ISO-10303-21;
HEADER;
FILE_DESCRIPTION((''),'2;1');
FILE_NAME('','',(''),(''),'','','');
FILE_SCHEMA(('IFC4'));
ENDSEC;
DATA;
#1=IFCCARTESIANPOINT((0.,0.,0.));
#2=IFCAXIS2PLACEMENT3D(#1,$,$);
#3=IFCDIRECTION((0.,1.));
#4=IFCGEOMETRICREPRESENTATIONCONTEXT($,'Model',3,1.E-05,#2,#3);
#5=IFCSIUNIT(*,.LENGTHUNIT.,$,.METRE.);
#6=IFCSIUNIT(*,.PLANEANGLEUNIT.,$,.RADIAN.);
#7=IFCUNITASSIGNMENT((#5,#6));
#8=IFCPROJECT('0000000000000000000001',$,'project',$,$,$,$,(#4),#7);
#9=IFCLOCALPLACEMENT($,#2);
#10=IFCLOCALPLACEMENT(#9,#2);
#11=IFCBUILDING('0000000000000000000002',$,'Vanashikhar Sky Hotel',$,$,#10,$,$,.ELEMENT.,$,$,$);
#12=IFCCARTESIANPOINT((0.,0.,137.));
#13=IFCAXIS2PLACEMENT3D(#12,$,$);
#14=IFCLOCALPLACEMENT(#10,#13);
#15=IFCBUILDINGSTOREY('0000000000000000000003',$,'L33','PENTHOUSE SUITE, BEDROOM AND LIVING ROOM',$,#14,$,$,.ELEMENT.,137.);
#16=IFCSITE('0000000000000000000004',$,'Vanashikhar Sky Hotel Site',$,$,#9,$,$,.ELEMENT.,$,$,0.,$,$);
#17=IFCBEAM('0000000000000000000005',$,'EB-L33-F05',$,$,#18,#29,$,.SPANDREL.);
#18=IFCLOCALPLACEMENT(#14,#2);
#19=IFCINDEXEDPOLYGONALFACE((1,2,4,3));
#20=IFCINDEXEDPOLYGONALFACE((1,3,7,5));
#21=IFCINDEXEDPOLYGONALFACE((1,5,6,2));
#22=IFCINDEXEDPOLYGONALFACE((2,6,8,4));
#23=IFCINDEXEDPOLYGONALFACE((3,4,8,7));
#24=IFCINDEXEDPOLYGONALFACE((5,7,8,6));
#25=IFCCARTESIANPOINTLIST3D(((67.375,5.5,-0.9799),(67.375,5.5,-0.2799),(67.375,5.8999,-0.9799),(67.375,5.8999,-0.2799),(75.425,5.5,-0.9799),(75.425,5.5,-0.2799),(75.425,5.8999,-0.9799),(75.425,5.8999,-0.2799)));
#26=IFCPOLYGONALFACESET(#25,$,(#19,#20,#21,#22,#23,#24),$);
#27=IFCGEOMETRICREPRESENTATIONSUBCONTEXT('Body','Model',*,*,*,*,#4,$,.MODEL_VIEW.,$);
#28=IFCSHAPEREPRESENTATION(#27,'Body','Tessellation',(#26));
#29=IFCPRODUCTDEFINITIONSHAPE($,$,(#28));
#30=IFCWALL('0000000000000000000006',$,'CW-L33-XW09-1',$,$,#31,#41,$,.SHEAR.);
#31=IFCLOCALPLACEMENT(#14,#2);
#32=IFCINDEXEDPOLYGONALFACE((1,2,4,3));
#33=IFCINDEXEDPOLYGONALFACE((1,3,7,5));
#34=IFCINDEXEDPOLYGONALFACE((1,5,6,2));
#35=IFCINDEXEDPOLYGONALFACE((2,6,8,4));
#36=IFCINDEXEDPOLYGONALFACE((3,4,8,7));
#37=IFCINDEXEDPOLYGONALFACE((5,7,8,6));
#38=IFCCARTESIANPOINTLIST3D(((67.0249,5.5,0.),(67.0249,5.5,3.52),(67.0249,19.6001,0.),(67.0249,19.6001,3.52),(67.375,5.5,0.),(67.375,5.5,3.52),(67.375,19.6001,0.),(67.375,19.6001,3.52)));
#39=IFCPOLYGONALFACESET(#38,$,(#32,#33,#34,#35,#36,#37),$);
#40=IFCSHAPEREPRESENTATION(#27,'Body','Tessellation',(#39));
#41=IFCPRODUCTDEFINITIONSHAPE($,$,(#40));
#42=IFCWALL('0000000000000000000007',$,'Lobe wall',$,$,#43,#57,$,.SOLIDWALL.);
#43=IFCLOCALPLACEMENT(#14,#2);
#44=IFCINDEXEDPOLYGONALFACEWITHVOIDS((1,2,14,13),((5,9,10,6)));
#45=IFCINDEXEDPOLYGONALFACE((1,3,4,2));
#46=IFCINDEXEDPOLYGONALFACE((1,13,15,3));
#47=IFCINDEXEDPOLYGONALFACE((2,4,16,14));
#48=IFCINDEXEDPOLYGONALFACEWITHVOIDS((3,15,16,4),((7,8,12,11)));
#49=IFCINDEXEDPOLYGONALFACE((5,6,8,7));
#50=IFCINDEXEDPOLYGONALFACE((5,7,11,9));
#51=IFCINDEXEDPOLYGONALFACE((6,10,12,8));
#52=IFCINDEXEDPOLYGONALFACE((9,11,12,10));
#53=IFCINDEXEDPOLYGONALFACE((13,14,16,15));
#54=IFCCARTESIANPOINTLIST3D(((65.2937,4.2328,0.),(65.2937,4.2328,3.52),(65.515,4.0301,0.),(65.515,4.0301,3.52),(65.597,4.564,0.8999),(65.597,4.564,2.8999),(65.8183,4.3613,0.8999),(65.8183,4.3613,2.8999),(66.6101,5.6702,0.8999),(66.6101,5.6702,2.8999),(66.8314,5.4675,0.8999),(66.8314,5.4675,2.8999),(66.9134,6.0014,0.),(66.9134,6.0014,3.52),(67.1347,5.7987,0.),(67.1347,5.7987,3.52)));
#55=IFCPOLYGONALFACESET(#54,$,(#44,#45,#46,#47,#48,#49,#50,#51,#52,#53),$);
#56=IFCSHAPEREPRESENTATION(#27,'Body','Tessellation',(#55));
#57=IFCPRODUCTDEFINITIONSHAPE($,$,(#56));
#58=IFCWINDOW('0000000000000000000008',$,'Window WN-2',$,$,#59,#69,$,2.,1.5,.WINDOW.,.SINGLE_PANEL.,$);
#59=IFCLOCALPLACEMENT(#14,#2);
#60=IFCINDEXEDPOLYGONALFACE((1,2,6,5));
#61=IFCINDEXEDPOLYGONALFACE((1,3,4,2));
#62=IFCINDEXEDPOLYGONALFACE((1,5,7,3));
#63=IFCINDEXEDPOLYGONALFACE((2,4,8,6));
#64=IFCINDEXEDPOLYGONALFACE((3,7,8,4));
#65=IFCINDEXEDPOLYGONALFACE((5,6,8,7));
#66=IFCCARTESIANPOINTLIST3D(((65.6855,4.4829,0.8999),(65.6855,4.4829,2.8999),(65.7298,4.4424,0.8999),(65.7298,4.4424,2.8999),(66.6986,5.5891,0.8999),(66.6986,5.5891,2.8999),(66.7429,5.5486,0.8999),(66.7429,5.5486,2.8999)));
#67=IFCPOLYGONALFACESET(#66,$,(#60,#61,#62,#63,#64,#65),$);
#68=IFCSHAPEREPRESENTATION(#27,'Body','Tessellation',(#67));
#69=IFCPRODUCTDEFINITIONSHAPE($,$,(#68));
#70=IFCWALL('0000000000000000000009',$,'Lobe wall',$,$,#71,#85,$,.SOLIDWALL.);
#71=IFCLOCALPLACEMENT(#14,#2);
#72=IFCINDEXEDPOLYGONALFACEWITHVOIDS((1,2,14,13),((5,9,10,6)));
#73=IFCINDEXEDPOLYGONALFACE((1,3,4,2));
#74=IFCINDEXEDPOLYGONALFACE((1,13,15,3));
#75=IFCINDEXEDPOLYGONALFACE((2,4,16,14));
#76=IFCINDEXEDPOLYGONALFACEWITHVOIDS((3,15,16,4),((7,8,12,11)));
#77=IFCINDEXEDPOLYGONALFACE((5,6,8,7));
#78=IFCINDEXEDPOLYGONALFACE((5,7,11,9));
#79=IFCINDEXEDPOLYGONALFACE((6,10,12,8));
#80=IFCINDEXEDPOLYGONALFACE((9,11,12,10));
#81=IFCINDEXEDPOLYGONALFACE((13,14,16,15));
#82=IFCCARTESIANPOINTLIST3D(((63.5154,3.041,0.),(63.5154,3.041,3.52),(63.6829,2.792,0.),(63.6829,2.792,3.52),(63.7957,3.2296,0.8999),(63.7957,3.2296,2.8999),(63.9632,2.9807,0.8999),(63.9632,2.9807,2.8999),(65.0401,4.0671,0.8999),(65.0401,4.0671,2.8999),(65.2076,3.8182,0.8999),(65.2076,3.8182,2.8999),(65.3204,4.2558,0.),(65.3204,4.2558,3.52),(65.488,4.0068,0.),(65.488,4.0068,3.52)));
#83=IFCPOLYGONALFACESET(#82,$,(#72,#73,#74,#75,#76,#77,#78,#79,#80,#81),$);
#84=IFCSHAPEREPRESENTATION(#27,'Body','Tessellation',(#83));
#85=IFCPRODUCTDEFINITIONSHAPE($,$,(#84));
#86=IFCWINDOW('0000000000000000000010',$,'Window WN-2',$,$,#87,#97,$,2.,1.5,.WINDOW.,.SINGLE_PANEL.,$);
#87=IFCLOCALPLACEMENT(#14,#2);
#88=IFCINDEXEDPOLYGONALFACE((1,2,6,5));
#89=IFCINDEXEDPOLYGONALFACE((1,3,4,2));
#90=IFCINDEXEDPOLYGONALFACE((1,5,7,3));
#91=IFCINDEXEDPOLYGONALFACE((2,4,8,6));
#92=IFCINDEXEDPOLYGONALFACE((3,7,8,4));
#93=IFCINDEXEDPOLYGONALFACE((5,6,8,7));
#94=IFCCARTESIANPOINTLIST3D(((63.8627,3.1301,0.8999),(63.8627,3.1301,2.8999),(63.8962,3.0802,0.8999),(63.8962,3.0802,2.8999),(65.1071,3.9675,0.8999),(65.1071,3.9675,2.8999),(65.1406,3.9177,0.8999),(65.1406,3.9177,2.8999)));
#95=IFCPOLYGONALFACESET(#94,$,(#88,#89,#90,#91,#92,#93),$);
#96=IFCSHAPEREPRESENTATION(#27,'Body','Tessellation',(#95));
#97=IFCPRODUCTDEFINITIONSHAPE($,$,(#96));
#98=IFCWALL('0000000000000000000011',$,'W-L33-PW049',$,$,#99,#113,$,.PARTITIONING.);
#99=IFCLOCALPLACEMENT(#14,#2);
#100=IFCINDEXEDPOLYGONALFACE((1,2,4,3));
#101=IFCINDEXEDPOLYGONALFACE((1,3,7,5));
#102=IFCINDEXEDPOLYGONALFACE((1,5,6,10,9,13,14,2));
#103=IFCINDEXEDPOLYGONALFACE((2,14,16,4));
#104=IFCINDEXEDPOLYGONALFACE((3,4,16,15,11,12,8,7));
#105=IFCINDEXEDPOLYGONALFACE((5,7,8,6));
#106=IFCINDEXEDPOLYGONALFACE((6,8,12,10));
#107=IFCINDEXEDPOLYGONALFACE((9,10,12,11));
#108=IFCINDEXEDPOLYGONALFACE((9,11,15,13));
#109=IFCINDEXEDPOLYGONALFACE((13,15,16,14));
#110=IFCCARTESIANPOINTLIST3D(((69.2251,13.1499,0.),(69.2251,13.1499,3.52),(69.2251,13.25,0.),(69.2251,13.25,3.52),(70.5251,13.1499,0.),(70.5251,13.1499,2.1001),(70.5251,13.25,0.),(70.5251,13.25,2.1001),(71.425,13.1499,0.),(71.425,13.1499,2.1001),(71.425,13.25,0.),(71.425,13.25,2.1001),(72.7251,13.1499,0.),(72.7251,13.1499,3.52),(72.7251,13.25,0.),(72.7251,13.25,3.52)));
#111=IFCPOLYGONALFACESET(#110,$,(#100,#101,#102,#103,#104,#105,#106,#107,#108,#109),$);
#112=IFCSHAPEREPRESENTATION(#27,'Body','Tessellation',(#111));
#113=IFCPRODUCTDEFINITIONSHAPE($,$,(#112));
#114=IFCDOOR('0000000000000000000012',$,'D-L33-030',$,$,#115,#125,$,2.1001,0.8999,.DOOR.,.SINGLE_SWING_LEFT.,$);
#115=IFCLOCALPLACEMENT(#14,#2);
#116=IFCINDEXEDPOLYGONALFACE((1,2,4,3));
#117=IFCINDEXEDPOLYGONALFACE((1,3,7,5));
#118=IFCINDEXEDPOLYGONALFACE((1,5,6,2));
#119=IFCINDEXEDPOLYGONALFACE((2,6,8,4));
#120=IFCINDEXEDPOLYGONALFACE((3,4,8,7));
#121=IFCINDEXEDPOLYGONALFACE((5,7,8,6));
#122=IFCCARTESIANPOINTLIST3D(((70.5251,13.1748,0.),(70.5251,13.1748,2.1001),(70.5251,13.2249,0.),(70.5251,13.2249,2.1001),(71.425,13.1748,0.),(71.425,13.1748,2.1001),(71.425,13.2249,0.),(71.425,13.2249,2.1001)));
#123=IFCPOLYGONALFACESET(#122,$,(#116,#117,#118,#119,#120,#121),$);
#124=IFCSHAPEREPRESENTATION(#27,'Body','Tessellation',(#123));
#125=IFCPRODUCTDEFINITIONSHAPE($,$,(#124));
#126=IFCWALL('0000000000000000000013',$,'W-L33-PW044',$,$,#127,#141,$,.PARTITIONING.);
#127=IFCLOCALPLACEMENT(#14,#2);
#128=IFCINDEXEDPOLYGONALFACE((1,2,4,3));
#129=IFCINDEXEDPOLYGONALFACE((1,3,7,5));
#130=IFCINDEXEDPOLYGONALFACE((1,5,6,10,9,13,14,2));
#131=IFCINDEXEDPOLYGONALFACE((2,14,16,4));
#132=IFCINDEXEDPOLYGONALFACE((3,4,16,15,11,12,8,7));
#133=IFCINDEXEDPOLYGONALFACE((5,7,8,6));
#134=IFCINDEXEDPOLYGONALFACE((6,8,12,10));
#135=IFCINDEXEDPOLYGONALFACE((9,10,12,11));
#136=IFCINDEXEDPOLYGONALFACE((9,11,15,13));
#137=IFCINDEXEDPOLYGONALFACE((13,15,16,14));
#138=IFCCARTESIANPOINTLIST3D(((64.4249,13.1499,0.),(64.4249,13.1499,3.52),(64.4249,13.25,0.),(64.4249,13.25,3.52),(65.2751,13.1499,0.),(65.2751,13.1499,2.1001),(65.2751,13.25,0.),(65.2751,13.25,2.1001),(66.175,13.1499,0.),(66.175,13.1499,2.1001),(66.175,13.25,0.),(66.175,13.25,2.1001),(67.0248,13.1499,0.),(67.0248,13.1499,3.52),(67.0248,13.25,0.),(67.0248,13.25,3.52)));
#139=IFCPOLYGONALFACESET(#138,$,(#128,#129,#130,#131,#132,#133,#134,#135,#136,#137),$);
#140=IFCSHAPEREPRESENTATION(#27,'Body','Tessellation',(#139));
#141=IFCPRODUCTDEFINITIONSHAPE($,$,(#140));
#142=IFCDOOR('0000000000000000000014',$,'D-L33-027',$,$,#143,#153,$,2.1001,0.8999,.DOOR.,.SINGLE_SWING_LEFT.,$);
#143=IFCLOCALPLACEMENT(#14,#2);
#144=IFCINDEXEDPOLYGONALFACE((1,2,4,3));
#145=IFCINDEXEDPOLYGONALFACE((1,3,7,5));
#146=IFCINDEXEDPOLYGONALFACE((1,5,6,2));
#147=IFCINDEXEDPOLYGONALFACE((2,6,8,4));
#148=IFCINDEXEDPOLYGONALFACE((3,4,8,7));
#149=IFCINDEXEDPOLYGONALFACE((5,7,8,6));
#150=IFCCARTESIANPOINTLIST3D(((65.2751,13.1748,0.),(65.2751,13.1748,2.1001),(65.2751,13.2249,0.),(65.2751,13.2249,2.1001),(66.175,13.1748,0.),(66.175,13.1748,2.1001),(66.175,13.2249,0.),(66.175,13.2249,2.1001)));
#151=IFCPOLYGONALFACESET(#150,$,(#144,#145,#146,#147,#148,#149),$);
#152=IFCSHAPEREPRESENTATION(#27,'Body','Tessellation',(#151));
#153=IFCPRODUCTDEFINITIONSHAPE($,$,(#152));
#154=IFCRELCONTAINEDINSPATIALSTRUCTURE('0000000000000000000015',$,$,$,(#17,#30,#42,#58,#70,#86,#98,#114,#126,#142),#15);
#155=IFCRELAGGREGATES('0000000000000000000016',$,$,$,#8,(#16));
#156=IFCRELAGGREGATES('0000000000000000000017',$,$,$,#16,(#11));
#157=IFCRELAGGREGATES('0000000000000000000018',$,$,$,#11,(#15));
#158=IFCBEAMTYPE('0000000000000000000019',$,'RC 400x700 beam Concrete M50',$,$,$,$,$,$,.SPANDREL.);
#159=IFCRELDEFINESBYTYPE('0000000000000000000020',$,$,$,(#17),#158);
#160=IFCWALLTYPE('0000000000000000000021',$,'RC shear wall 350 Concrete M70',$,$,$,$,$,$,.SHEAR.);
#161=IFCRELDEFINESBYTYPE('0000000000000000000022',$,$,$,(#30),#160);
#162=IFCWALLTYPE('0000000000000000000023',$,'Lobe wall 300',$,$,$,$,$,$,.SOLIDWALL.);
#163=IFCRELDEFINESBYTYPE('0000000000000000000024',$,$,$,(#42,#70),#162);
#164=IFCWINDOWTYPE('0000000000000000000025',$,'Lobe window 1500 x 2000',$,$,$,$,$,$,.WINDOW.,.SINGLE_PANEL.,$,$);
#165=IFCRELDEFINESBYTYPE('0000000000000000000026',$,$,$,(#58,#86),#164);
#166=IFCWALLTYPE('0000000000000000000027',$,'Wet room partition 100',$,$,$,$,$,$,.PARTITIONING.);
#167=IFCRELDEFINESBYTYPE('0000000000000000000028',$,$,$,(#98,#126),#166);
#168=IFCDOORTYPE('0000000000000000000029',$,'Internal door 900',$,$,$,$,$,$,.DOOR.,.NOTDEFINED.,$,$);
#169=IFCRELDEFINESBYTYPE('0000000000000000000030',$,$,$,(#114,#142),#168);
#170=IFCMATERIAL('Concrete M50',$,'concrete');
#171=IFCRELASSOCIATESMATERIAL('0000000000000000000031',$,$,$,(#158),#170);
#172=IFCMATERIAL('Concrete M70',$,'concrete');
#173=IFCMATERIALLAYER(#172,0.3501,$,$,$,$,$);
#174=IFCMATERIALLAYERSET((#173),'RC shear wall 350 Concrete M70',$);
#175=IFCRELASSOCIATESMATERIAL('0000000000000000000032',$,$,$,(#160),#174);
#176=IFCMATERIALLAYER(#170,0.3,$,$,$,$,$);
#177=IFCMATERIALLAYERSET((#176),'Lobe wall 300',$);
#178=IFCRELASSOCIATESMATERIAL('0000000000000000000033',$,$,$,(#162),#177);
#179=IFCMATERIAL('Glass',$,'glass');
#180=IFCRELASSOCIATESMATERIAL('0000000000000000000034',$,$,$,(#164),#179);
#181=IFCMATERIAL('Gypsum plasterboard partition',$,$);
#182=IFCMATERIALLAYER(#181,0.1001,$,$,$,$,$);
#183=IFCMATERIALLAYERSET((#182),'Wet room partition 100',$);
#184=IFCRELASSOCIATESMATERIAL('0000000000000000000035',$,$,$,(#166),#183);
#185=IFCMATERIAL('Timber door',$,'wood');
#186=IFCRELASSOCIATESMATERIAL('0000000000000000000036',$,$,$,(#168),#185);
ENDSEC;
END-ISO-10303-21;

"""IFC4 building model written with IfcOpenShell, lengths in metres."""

from ifc_helpers import new_model, si_unit, direction, frame, frame_2d, origin, origin_2d, place, context, subcontext, project, spatial, rectangle, extrude, source, transform, mapped, material, layer, layer_set, material_profile, profile_set, type_object, element, fill, save


model = new_model("IFC4")

# Units and contexts
model_context = context("Model", 3, precision=1e-05, world=origin(), true_north=direction((0.0, 1.0)))
body_context = subcontext(model_context, "Body", "Model", "MODEL_VIEW")
ifc_project = project(units=[si_unit("LENGTHUNIT", "METRE"), si_unit("PLANEANGLEUNIT", "RADIAN")], contexts=[model_context])

# Site, building, storey
site_placement = place(None, origin())
site = spatial("IfcSite", under=ifc_project, at=site_placement, Name="Vanashikhar Sky Hotel Site", CompositionType="ELEMENT", RefElevation=0.0)
building_placement = place(site_placement, origin())
building = spatial("IfcBuilding", under=site, at=building_placement, Name="Vanashikhar Sky Hotel", CompositionType="ELEMENT")
storey_placement = place(building_placement, frame((0.0, 0.0, 137.0)))
storey = spatial("IfcBuildingStorey", under=building, at=storey_placement, Name="L33", Description="PENTHOUSE SUITE, BEDROOM AND LIVING ROOM", CompositionType="ELEMENT", Elevation=137.0)

# Beam
ifc_material_1 = material(Name="Concrete M50", Category="concrete")
ifc_material_profile_1 = material_profile(ifc_material_1, rectangle(XDim=0.3999, YDim=0.7, at=origin_2d()))
ifc_profile_set_1 = profile_set([ifc_material_profile_1], Name="RC 400x700 beam Concrete M50")
beam_type = type_object("IfcBeamType", Name="RC 400x700 beam Concrete M50", PredefinedType="SPANDREL", material=ifc_profile_set_1)
shared_shape_1 = source(origin(), body_context, "Body", "SweptSolid", [
    extrude(rectangle(XDim=0.3999, YDim=0.7, at=origin_2d()), origin(), (0.0, 0.0, 1.0), 8.05),
])
beam_placement = place(storey_placement, frame((67.375, 5.7, -0.6299), z_axis=(1.0, 0.0, 0.0), x_axis=(0.0, 1.0, 0.0)))
element("IfcBeam", 1, at=beam_placement, inside=storey, type_object=beam_type, Name="EB-L33-F05", PredefinedType="SPANDREL", context=body_context, shape_type="MappedRepresentation", body=[
    mapped(shared_shape_1, transform((0.0, 0.0, 0.0), scale=1.0)),
])

# Wall
ifc_material_2 = material(Name="Concrete M70", Category="concrete")
ifc_layer_1 = layer(ifc_material_2, 0.3501)
ifc_layer_set_1 = layer_set([ifc_layer_1], Name="RC shear wall 350 Concrete M70")
wall_type_1 = type_object("IfcWallType", Name="RC shear wall 350 Concrete M70", PredefinedType="SHEAR", material=ifc_layer_set_1)
shared_shape_2 = source(origin(), body_context, "Body", "SweptSolid", [
    extrude(rectangle(XDim=14.1001, YDim=0.3501, at=frame_2d((7.05, 0.0))), origin(), (0.0, 0.0, 1.0), 3.52),
])
wall_1_placement = place(storey_placement, frame((67.2, 5.5, 0.0), z_axis=(0.0, 0.0, 1.0), x_axis=(0.0, 1.0, 0.0)))
element("IfcWall", 2, at=wall_1_placement, inside=storey, type_object=wall_type_1, Name="CW-L33-XW09-1", PredefinedType="SHEAR", context=body_context, shape_type="MappedRepresentation", body=[
    mapped(shared_shape_2, transform((0.0, 0.0, 0.0), scale=1.0)),
])

# Walls, openings, windows
ifc_layer_2 = layer(ifc_material_1, 0.3)
ifc_layer_set_2 = layer_set([ifc_layer_2], Name="Lobe wall 300")
wall_type_2 = type_object("IfcWallType", Name="Lobe wall 300", PredefinedType="SOLIDWALL", material=ifc_layer_set_2)
shared_shape_3 = source(origin(), body_context, "Body", "SweptSolid", [
    extrude(rectangle(XDim=2.3982, YDim=0.3, at=frame_2d((1.1992, 0.0))), origin(), (0.0, 0.0, 1.0), 3.52),
])
wall_2_placement = place(storey_placement, frame((65.4043, 4.1313, 0.0), z_axis=(0.0, 0.0, 1.0), x_axis=(0.675374, 0.737475, 0.0)))
wall_2 = element("IfcWall", 3, at=wall_2_placement, inside=storey, type_object=wall_type_2, Name="Lobe wall", PredefinedType="SOLIDWALL", context=body_context, shape_type="MappedRepresentation", body=[
    mapped(shared_shape_3, transform((0.0, 0.0, 0.0), scale=1.0)),
])
shared_shape_4 = source(origin(), body_context, "Body", "SweptSolid", [
    extrude(rectangle(XDim=1.5, YDim=2.0, at=frame_2d((0.75, 1.0))), frame((0.0, 0.1602, 0.0), z_axis=(0.0, -1.0, 0.0), x_axis=(1.0, 0.0, 0.0)), (0.0, 0.0, 1.0), 0.3201),
])
opening_1_placement = place(wall_2_placement, frame((0.4492, 0.0, 0.8999)))
opening_1 = element("IfcOpeningElement", 4, at=opening_1_placement, cuts=wall_2, PredefinedType="OPENING", context=body_context, shape_type="MappedRepresentation", body=[
    mapped(shared_shape_4, transform((0.0, 0.0, 0.0), scale=1.0)),
])
ifc_material_3 = material(Name="Glass", Category="glass")
window_type_1 = type_object("IfcWindowType", Name="Lobe window 1500 x 2000", PartitioningType="SINGLE_PANEL", PredefinedType="WINDOW", material=ifc_material_3)
shared_shape_5 = source(origin(), body_context, "Body", "SweptSolid", [
    extrude(rectangle(XDim=1.5, YDim=2.0, at=frame_2d((0.75, 1.0))), frame((0.0, 0.03, 0.0), z_axis=(0.0, -1.0, 0.0), x_axis=(1.0, 0.0, 0.0)), (0.0, 0.0, 1.0), 0.0601),
])
window_1_placement = place(opening_1_placement, origin())
window_1 = element("IfcWindow", 5, at=window_1_placement, inside=storey, type_object=window_type_1, Name="Window WN-2", OverallHeight=2.0, OverallWidth=1.5, PartitioningType="SINGLE_PANEL", PredefinedType="WINDOW", context=body_context, shape_type="MappedRepresentation", body=[
    mapped(shared_shape_5, transform((0.0, 0.0, 0.0), scale=1.0)),
])
fill(opening_1, window_1)
shared_shape_6 = source(origin(), body_context, "Body", "SweptSolid", [
    extrude(rectangle(XDim=2.1758, YDim=0.3, at=frame_2d((1.0879, 0.0))), origin(), (0.0, 0.0, 1.0), 3.52),
])
wall_3_placement = place(storey_placement, frame((63.5991, 2.9165, 0.0), z_axis=(0.0, 0.0, 1.0), x_axis=(0.829626, 0.55832, 0.0)))
wall_3 = element("IfcWall", 6, at=wall_3_placement, inside=storey, type_object=wall_type_2, Name="Lobe wall", PredefinedType="SOLIDWALL", context=body_context, shape_type="MappedRepresentation", body=[
    mapped(shared_shape_6, transform((0.0, 0.0, 0.0), scale=1.0)),
])
opening_2_placement = place(wall_3_placement, frame((0.3379, 0.0, 0.8999)))
opening_2 = element("IfcOpeningElement", 7, at=opening_2_placement, cuts=wall_3, PredefinedType="OPENING", context=body_context, shape_type="MappedRepresentation", body=[
    mapped(shared_shape_4, transform((0.0, 0.0, 0.0), scale=1.0)),
])
window_2_placement = place(opening_2_placement, origin())
window_2 = element("IfcWindow", 8, at=window_2_placement, inside=storey, type_object=window_type_1, Name="Window WN-2", OverallHeight=2.0, OverallWidth=1.5, PartitioningType="SINGLE_PANEL", PredefinedType="WINDOW", context=body_context, shape_type="MappedRepresentation", body=[
    mapped(shared_shape_5, transform((0.0, 0.0, 0.0), scale=1.0)),
])
fill(opening_2, window_2)

# Walls, openings, doors
ifc_material_4 = material(Name="Gypsum plasterboard partition")
ifc_layer_3 = layer(ifc_material_4, 0.1001)
ifc_layer_set_3 = layer_set([ifc_layer_3], Name="Wet room partition 100")
wall_type_3 = type_object("IfcWallType", Name="Wet room partition 100", PredefinedType="PARTITIONING", material=ifc_layer_set_3)
shared_shape_7 = source(origin(), body_context, "Body", "SweptSolid", [
    extrude(rectangle(XDim=3.5, YDim=0.1001, at=frame_2d((1.75, 0.0))), origin(), (0.0, 0.0, 1.0), 3.52),
])
wall_4_placement = place(storey_placement, frame((69.2251, 13.2, 0.0), z_axis=(0.0, 0.0, 1.0), x_axis=(1.0, 0.0, 0.0)))
wall_4 = element("IfcWall", 9, at=wall_4_placement, inside=storey, type_object=wall_type_3, Name="W-L33-PW049", PredefinedType="PARTITIONING", context=body_context, shape_type="MappedRepresentation", body=[
    mapped(shared_shape_7, transform((0.0, 0.0, 0.0), scale=1.0)),
])
shared_shape_8 = source(origin(), body_context, "Body", "SweptSolid", [
    extrude(rectangle(XDim=0.8999, YDim=2.1001, at=frame_2d((0.45, 1.05))), frame((0.0, 0.0601, 0.0), z_axis=(0.0, -1.0, 0.0), x_axis=(1.0, 0.0, 0.0)), (0.0, 0.0, 1.0), 0.1201),
])
opening_3_placement = place(wall_4_placement, frame((1.3, 0.0, 0.0)))
opening_3 = element("IfcOpeningElement", 10, at=opening_3_placement, cuts=wall_4, PredefinedType="OPENING", context=body_context, shape_type="MappedRepresentation", body=[
    mapped(shared_shape_8, transform((0.0, 0.0, 0.0), scale=1.0)),
])
ifc_material_5 = material(Name="Timber door", Category="wood")
door_type_1 = type_object("IfcDoorType", Name="Internal door 900", OperationType="NOTDEFINED", PredefinedType="DOOR", material=ifc_material_5)
shared_shape_9 = source(origin(), body_context, "Body", "SweptSolid", [
    extrude(rectangle(XDim=0.8999, YDim=2.1001, at=frame_2d((0.45, 1.05))), frame((0.0, 0.0249, 0.0), z_axis=(0.0, -1.0, 0.0), x_axis=(1.0, 0.0, 0.0)), (0.0, 0.0, 1.0), 0.05),
])
door_1_placement = place(opening_3_placement, origin())
door_1 = element("IfcDoor", 11, at=door_1_placement, inside=storey, type_object=door_type_1, Name="D-L33-030", OperationType="SINGLE_SWING_LEFT", OverallHeight=2.1001, OverallWidth=0.8999, PredefinedType="DOOR", context=body_context, shape_type="MappedRepresentation", body=[
    mapped(shared_shape_9, transform((0.0, 0.0, 0.0), scale=1.0)),
])
fill(opening_3, door_1)
shared_shape_10 = source(origin(), body_context, "Body", "SweptSolid", [
    extrude(rectangle(XDim=2.5999, YDim=0.1001, at=frame_2d((1.2998, 0.0))), origin(), (0.0, 0.0, 1.0), 3.52),
])
wall_5_placement = place(storey_placement, frame((64.425, 13.2, 0.0), z_axis=(0.0, 0.0, 1.0), x_axis=(1.0, 0.0, 0.0)))
wall_5 = element("IfcWall", 12, at=wall_5_placement, inside=storey, type_object=wall_type_3, Name="W-L33-PW044", PredefinedType="PARTITIONING", context=body_context, shape_type="MappedRepresentation", body=[
    mapped(shared_shape_10, transform((0.0, 0.0, 0.0), scale=1.0)),
])
opening_4_placement = place(wall_5_placement, frame((0.8501, 0.0, 0.0)))
opening_4 = element("IfcOpeningElement", 13, at=opening_4_placement, cuts=wall_5, PredefinedType="OPENING", context=body_context, shape_type="MappedRepresentation", body=[
    mapped(shared_shape_8, transform((0.0, 0.0, 0.0), scale=1.0)),
])
door_2_placement = place(opening_4_placement, origin())
door_2 = element("IfcDoor", 14, at=door_2_placement, inside=storey, type_object=door_type_1, Name="D-L33-027", OperationType="SINGLE_SWING_LEFT", OverallHeight=2.1001, OverallWidth=0.8999, PredefinedType="DOOR", context=body_context, shape_type="MappedRepresentation", body=[
    mapped(shared_shape_9, transform((0.0, 0.0, 0.0), scale=1.0)),
])
fill(opening_4, door_2)

save(model, "model.ifc")
